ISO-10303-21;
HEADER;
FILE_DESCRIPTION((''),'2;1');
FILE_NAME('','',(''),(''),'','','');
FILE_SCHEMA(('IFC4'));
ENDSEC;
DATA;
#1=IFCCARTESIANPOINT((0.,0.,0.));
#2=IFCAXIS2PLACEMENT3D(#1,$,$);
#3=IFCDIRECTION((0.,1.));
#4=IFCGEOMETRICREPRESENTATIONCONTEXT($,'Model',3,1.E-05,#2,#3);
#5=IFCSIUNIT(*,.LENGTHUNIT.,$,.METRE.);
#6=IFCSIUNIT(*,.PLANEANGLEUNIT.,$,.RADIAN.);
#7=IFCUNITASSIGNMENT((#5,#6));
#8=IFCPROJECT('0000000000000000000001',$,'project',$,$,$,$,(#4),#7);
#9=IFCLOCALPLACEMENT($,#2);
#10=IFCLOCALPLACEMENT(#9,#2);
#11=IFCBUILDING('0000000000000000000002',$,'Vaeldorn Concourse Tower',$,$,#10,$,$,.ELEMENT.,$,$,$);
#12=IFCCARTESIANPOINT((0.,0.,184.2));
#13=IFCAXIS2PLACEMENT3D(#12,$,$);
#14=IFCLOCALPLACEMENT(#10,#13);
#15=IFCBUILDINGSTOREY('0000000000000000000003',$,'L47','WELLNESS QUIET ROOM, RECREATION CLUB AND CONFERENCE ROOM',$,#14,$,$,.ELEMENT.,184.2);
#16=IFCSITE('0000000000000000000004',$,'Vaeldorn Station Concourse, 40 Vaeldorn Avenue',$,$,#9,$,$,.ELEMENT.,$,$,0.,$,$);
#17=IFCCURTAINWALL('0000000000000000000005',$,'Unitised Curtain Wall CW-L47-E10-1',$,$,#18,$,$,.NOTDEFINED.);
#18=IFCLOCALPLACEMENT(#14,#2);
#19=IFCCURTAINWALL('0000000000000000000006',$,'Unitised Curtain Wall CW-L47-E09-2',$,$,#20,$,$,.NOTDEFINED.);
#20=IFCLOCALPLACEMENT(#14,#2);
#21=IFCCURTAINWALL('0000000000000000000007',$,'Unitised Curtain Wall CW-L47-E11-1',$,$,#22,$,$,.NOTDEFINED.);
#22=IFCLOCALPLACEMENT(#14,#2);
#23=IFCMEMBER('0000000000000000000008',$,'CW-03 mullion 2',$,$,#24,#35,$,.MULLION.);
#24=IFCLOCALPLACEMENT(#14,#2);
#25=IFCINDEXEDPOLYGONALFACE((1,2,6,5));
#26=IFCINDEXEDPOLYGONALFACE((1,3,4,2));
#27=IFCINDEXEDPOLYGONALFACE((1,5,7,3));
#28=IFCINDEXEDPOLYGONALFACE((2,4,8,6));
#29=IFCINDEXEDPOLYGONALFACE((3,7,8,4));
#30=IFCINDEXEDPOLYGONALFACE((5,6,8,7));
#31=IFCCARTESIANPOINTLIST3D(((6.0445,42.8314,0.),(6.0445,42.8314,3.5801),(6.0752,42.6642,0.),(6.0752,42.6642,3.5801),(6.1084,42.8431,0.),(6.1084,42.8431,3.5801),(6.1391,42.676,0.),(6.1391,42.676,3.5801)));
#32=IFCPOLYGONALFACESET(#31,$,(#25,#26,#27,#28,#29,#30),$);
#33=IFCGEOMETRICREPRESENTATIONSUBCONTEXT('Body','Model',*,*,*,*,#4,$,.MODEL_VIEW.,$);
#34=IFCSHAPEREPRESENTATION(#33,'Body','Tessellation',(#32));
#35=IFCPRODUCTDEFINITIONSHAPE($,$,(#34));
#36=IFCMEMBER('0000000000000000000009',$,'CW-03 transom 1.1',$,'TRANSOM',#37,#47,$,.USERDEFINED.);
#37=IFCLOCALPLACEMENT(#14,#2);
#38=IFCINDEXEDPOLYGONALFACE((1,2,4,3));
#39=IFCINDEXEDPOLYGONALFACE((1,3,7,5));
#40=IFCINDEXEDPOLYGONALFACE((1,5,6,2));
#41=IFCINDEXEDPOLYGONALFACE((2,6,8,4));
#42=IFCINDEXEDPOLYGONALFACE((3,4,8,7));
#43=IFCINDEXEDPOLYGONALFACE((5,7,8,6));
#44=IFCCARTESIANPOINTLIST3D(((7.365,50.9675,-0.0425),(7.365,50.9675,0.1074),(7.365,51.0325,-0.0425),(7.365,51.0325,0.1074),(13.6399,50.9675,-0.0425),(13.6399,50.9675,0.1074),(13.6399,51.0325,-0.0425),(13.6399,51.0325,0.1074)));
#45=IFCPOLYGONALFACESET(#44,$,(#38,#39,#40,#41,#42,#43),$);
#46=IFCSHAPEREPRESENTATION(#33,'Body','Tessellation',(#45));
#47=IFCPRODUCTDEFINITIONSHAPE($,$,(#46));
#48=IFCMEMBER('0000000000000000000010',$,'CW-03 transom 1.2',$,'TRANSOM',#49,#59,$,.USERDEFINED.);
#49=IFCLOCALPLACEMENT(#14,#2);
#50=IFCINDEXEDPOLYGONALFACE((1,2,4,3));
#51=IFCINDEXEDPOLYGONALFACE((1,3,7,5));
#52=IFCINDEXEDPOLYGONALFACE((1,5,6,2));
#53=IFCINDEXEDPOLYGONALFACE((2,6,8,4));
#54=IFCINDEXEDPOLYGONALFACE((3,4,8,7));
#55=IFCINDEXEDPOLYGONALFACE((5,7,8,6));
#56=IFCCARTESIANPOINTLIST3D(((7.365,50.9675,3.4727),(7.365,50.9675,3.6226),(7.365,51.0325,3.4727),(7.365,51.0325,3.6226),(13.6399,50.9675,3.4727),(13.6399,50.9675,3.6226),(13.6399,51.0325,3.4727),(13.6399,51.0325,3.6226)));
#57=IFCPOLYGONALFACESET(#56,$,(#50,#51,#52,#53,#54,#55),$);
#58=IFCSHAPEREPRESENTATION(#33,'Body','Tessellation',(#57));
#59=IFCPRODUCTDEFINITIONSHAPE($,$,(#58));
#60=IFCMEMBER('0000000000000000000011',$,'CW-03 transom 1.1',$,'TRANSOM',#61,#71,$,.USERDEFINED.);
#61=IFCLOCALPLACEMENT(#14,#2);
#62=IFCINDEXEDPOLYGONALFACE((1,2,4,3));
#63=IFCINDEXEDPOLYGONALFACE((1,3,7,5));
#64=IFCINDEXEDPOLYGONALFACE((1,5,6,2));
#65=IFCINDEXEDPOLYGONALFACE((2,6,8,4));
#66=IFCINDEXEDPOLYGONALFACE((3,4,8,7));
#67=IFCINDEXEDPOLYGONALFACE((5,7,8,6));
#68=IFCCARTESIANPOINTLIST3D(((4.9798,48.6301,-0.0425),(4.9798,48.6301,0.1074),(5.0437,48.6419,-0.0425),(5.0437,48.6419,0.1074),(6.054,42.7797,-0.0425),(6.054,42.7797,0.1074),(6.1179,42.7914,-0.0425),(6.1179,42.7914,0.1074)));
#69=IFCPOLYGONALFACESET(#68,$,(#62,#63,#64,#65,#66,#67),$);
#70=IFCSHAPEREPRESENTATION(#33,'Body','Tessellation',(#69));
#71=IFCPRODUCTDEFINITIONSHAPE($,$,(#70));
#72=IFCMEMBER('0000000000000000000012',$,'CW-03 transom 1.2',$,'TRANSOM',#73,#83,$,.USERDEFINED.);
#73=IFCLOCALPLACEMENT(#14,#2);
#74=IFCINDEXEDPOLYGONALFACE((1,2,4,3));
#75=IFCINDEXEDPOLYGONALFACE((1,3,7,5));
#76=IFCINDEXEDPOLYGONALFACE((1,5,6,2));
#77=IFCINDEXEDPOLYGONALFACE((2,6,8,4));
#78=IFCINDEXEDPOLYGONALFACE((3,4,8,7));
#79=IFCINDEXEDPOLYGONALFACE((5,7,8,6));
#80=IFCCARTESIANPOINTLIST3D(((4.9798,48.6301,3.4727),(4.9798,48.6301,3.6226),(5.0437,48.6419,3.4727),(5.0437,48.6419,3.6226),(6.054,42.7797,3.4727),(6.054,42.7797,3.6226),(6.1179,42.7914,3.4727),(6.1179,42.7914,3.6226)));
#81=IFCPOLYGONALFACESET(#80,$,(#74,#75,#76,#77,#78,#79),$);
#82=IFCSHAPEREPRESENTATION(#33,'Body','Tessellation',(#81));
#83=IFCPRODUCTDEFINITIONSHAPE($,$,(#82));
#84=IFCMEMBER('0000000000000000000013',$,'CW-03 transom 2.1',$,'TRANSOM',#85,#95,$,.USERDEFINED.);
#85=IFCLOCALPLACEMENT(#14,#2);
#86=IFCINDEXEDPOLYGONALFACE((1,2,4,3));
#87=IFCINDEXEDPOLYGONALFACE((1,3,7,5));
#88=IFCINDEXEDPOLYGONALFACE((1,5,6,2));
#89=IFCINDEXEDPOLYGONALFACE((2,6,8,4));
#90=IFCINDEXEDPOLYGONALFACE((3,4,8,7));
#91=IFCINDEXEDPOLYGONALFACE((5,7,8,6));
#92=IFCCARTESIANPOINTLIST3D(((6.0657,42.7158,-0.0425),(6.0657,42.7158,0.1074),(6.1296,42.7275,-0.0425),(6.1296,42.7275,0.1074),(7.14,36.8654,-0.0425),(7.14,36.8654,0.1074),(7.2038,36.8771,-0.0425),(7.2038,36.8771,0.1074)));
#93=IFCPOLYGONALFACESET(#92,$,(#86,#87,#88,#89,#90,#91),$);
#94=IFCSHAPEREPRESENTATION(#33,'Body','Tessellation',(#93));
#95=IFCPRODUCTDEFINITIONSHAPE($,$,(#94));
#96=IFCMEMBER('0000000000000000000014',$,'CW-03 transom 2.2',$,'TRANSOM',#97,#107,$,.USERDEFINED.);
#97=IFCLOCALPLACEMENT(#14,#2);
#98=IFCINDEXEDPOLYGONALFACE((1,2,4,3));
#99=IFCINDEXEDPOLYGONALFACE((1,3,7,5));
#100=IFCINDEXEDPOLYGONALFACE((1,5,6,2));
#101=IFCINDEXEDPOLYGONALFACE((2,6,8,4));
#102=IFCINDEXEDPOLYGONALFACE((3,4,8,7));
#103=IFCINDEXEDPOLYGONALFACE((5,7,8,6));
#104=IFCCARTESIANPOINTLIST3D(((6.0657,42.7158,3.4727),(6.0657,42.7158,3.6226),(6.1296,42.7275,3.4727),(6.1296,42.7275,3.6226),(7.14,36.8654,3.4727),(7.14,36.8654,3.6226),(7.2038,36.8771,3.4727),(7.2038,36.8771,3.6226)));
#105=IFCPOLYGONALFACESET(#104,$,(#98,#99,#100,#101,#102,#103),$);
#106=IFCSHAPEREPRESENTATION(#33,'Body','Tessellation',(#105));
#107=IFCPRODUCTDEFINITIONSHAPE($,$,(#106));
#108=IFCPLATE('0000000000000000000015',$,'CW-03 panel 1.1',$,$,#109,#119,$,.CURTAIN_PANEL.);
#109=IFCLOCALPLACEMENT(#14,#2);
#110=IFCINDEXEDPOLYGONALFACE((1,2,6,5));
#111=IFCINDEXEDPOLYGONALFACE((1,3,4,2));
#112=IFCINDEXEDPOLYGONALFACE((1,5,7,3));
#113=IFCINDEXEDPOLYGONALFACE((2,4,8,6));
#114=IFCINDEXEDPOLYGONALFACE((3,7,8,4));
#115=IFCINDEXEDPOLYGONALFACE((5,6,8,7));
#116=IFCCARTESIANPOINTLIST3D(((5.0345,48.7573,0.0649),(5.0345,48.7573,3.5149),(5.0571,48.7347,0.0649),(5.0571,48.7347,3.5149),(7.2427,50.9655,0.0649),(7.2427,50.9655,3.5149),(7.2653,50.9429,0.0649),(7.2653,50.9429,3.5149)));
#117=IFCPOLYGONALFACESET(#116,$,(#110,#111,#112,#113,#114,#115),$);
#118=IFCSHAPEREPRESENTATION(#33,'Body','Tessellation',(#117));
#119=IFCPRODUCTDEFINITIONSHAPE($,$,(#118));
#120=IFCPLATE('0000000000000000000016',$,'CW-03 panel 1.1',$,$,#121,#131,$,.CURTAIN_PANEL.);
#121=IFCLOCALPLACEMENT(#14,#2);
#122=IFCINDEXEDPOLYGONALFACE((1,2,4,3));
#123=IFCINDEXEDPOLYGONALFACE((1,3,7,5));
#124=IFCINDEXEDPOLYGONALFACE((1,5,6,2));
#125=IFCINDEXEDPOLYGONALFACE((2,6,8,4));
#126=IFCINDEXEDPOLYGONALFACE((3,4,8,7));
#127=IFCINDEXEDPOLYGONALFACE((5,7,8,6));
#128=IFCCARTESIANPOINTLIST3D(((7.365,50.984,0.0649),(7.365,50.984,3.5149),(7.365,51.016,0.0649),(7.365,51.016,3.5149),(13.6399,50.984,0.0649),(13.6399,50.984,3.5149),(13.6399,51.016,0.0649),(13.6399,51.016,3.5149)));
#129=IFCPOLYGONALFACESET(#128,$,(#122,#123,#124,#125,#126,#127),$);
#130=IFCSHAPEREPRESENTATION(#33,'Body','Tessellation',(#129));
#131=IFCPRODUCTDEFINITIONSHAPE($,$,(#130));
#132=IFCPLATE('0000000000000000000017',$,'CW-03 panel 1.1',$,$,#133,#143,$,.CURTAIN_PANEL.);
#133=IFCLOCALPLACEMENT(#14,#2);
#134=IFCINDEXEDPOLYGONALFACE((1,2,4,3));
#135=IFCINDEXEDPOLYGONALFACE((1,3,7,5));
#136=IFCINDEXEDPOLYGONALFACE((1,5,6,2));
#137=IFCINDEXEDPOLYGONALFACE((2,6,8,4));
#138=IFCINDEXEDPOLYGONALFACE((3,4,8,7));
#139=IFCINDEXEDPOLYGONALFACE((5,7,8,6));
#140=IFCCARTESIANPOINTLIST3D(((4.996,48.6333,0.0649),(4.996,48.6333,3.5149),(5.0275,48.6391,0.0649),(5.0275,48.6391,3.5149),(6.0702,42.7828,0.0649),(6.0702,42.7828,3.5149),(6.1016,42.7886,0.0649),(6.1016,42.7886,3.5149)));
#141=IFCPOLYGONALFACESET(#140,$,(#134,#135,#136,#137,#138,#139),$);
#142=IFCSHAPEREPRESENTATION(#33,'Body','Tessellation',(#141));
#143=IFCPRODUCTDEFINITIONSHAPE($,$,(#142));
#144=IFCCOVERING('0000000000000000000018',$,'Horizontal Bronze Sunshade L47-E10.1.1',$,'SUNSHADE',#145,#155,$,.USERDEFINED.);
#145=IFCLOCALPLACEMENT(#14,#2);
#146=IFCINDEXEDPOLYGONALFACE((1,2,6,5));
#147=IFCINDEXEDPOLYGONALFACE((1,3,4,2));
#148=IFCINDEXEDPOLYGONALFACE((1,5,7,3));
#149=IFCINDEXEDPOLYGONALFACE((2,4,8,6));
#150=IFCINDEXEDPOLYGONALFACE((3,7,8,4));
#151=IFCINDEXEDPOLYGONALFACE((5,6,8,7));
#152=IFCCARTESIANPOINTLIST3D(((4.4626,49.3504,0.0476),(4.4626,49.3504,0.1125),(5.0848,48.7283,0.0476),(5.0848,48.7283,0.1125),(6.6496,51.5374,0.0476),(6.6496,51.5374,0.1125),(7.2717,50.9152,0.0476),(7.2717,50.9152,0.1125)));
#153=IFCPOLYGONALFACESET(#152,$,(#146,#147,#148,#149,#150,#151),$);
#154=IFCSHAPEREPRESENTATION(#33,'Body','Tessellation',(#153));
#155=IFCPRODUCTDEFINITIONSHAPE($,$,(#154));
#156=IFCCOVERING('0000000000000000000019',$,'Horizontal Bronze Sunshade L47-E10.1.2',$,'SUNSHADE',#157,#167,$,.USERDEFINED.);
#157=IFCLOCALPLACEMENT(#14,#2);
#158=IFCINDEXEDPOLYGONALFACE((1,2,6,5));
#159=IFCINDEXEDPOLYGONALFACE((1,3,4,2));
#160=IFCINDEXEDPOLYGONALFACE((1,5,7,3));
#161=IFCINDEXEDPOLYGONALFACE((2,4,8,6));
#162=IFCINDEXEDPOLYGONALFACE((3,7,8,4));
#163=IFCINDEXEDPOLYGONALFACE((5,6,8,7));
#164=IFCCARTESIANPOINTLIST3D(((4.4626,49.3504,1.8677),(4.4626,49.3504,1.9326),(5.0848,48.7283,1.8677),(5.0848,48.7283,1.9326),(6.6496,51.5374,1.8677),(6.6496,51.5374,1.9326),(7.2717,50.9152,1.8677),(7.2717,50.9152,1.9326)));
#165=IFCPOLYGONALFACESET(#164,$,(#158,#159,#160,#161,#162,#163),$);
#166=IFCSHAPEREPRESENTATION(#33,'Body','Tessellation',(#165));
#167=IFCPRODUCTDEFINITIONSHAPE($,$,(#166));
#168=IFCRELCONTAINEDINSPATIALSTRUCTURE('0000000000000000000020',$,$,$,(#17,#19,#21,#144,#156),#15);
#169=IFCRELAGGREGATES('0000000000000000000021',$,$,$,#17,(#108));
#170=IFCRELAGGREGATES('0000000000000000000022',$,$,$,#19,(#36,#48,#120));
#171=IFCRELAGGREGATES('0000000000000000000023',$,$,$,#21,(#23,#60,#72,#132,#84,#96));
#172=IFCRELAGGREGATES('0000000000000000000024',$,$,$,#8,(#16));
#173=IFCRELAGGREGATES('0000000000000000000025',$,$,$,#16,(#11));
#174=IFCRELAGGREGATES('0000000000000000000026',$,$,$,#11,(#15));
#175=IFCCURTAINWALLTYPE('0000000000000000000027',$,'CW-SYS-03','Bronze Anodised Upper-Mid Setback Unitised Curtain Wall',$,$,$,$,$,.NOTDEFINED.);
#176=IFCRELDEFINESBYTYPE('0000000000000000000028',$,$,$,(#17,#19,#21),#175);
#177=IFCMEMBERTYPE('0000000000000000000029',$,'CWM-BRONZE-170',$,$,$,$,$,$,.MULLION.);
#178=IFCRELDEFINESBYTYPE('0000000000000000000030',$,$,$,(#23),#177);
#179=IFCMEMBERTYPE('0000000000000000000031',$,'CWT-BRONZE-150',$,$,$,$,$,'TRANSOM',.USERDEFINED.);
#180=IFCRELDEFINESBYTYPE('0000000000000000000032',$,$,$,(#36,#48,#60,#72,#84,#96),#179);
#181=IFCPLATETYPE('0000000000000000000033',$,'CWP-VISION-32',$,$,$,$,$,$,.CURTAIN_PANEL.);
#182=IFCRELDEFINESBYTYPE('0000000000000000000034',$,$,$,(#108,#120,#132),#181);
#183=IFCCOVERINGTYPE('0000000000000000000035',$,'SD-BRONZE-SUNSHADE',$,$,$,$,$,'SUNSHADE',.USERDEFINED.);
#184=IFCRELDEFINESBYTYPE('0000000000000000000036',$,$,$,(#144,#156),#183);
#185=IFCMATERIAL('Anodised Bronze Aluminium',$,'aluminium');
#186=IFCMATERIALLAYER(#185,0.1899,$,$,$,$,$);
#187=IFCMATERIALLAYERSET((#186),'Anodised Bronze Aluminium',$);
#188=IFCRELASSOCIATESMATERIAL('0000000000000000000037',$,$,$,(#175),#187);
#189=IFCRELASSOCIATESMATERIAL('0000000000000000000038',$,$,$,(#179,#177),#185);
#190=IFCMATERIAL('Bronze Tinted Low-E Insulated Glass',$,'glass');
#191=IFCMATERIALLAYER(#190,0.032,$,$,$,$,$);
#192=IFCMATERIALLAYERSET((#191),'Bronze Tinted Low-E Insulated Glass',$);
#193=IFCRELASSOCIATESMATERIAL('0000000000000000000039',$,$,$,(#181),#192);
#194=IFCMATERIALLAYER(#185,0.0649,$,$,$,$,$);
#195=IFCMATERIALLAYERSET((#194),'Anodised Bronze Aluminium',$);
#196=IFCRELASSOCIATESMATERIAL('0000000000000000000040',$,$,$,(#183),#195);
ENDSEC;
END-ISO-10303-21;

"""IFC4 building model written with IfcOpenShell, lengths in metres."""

from ifc_helpers import new_model, si_unit, direction, frame, origin, origin_2d, place, context, subcontext, project, spatial, rectangle, extrude, source, transform, mapped, material, layer, layer_set, material_profile, profile_set, type_object, element, aggregate, save


model = new_model("IFC4")

# Units and contexts
model_context = context("Model", 3, precision=1e-05, world=origin(), true_north=direction((0.0, 1.0)))
body_context = subcontext(model_context, "Body", "Model", "MODEL_VIEW")
ifc_project = project(units=[si_unit("LENGTHUNIT", "METRE"), si_unit("PLANEANGLEUNIT", "RADIAN")], contexts=[model_context])

# Site, building, storey
site_placement = place(None, origin())
site = spatial("IfcSite", under=ifc_project, at=site_placement, Name="Vaeldorn Station Concourse, 40 Vaeldorn Avenue", CompositionType="ELEMENT", RefElevation=0.0)
building_placement = place(site_placement, origin())
building = spatial("IfcBuilding", under=site, at=building_placement, Name="Vaeldorn Concourse Tower", CompositionType="ELEMENT")
storey_placement = place(building_placement, frame((0.0, 0.0, 184.2)))
storey = spatial("IfcBuildingStorey", under=building, at=storey_placement, Name="L47", Description="WELLNESS QUIET ROOM, RECREATION CLUB AND CONFERENCE ROOM", CompositionType="ELEMENT", Elevation=184.2)

# Curtain walls
ifc_material_1 = material(Name="Anodised Bronze Aluminium", Category="aluminium")
ifc_layer_1 = layer(ifc_material_1, 0.1899)
ifc_layer_set_1 = layer_set([ifc_layer_1], Name="Anodised Bronze Aluminium")
curtain_wall_type = type_object("IfcCurtainWallType", Name="CW-SYS-03", Description="Bronze Anodised Upper-Mid Setback Unitised Curtain Wall", PredefinedType="NOTDEFINED", material=ifc_layer_set_1)
curtain_wall_1_placement = place(storey_placement, origin())
curtain_wall_1 = element("IfcCurtainWall", 1, at=curtain_wall_1_placement, inside=storey, type_object=curtain_wall_type, Name="Unitised Curtain Wall CW-L47-E10-1", PredefinedType="NOTDEFINED")
ifc_material_profile_1 = material_profile(ifc_material_1, rectangle(XDim=0.0649, YDim=0.1499, at=origin_2d()), Name="CWT 65x150")
ifc_profile_set_1 = profile_set([ifc_material_profile_1], Name="Anodised Bronze Aluminium")
member_type_1 = type_object("IfcMemberType", Name="CWT-BRONZE-150", ElementType="TRANSOM", PredefinedType="USERDEFINED", material=ifc_profile_set_1)
curtain_wall_2_placement = place(storey_placement, origin())
curtain_wall_2 = element("IfcCurtainWall", 2, at=curtain_wall_2_placement, inside=storey, type_object=curtain_wall_type, Name="Unitised Curtain Wall CW-L47-E09-2", PredefinedType="NOTDEFINED")
ifc_material_profile_2 = material_profile(ifc_material_1, rectangle(XDim=0.0649, YDim=0.1699, at=origin_2d()), Name="CWM 65x170")
ifc_profile_set_2 = profile_set([ifc_material_profile_2], Name="Anodised Bronze Aluminium")
member_type_2 = type_object("IfcMemberType", Name="CWM-BRONZE-170", PredefinedType="MULLION", material=ifc_profile_set_2)
shared_shape_1 = source(origin(), body_context, "Body", "SweptSolid", [
    extrude(rectangle(XDim=0.0649, YDim=0.1699, at=origin_2d()), origin(), (0.0, 0.0, 1.0), 3.5801),
])

# Curtain wall, member
curtain_wall_3_placement = place(storey_placement, origin())
curtain_wall_3 = element("IfcCurtainWall", 3, at=curtain_wall_3_placement, inside=storey, type_object=curtain_wall_type, Name="Unitised Curtain Wall CW-L47-E11-1", PredefinedType="NOTDEFINED")
member_1_placement = place(storey_placement, frame((6.0918, 42.7537, 0.0), z_axis=(0.0, 0.0, 1.0), x_axis=(0.983559, 0.180585, 0.0)))
member_1 = element("IfcMember", 4, at=member_1_placement, type_object=member_type_2, Name="CW-03 mullion 2", PredefinedType="MULLION", context=body_context, shape_type="MappedRepresentation", body=[
    mapped(shared_shape_1, transform((0.0, 0.0, 0.0), scale=1.0)),
])

# Members
shared_shape_2 = source(origin(), body_context, "Body", "SweptSolid", [
    extrude(rectangle(XDim=0.0649, YDim=0.1499, at=origin_2d()), origin(), (0.0, 0.0, 1.0), 6.2749),
])
member_2_placement = place(storey_placement, frame((13.6399, 51.0, 0.0325), z_axis=(-1.0, 0.0, 0.0), x_axis=(0.0, -1.0, 0.0)))
member_2 = element("IfcMember", 5, at=member_2_placement, type_object=member_type_1, Name="CW-03 transom 1.1", ObjectType="TRANSOM", PredefinedType="USERDEFINED", context=body_context, shape_type="MappedRepresentation", body=[
    mapped(shared_shape_2, transform((0.0, 0.0, 0.0), scale=1.0)),
])
member_3_placement = place(storey_placement, frame((13.6399, 51.0, 3.5476), z_axis=(-1.0, 0.0, 0.0), x_axis=(0.0, -1.0, 0.0)))
member_3 = element("IfcMember", 6, at=member_3_placement, type_object=member_type_1, Name="CW-03 transom 1.2", ObjectType="TRANSOM", PredefinedType="USERDEFINED", context=body_context, shape_type="MappedRepresentation", body=[
    mapped(shared_shape_2, transform((0.0, 0.0, 0.0), scale=1.0)),
])
shared_shape_3 = source(origin(), body_context, "Body", "SweptSolid", [
    extrude(rectangle(XDim=0.0649, YDim=0.1499, at=origin_2d()), origin(), (0.0, 0.0, 1.0), 5.9482),
])
member_4_placement = place(storey_placement, frame((5.0117, 48.636, 0.0325), z_axis=(0.180597, -0.983557, 0.0), x_axis=(0.983557, 0.180597, 0.0)))
member_4 = element("IfcMember", 7, at=member_4_placement, type_object=member_type_1, Name="CW-03 transom 1.1", ObjectType="TRANSOM", PredefinedType="USERDEFINED", context=body_context, shape_type="MappedRepresentation", body=[
    mapped(shared_shape_3, transform((0.0, 0.0, 0.0), scale=1.0)),
])
member_5_placement = place(storey_placement, frame((5.0117, 48.636, 3.5476), z_axis=(0.180597, -0.983557, 0.0), x_axis=(0.983557, 0.180597, 0.0)))
member_5 = element("IfcMember", 8, at=member_5_placement, type_object=member_type_1, Name="CW-03 transom 1.2", ObjectType="TRANSOM", PredefinedType="USERDEFINED", context=body_context, shape_type="MappedRepresentation", body=[
    mapped(shared_shape_3, transform((0.0, 0.0, 0.0), scale=1.0)),
])
member_6_placement = place(storey_placement, frame((6.0977, 42.7217, 0.0325), z_axis=(0.180597, -0.983557, 0.0), x_axis=(0.983557, 0.180597, 0.0)))
member_6 = element("IfcMember", 9, at=member_6_placement, type_object=member_type_1, Name="CW-03 transom 2.1", ObjectType="TRANSOM", PredefinedType="USERDEFINED", context=body_context, shape_type="MappedRepresentation", body=[
    mapped(shared_shape_3, transform((0.0, 0.0, 0.0), scale=1.0)),
])
member_7_placement = place(storey_placement, frame((6.0977, 42.7217, 3.5476), z_axis=(0.180597, -0.983557, 0.0), x_axis=(0.983557, 0.180597, 0.0)))
member_7 = element("IfcMember", 10, at=member_7_placement, type_object=member_type_1, Name="CW-03 transom 2.2", ObjectType="TRANSOM", PredefinedType="USERDEFINED", context=body_context, shape_type="MappedRepresentation", body=[
    mapped(shared_shape_3, transform((0.0, 0.0, 0.0), scale=1.0)),
])

# Plates
ifc_material_2 = material(Name="Bronze Tinted Low-E Insulated Glass", Category="glass")
ifc_layer_2 = layer(ifc_material_2, 0.032)
ifc_layer_set_2 = layer_set([ifc_layer_2], Name="Bronze Tinted Low-E Insulated Glass")
plate_type = type_object("IfcPlateType", Name="CWP-VISION-32", PredefinedType="CURTAIN_PANEL", material=ifc_layer_set_2)
shared_shape_4 = source(origin(), body_context, "Body", "SweptSolid", [
    extrude(rectangle(XDim=3.1228, YDim=0.032, at=origin_2d()), origin(), (0.0, 0.0, 1.0), 3.45),
])
plate_1_placement = place(storey_placement, frame((6.1499, 49.8501, 0.0649), z_axis=(0.0, 0.0, 1.0), x_axis=(-0.707107, -0.707107, 0.0)))
plate_1 = element("IfcPlate", 11, at=plate_1_placement, type_object=plate_type, Name="CW-03 panel 1.1", PredefinedType="CURTAIN_PANEL", context=body_context, shape_type="MappedRepresentation", body=[
    mapped(shared_shape_4, transform((0.0, 0.0, 0.0), scale=1.0)),
])
aggregate(curtain_wall_1, [plate_1])
shared_shape_5 = source(origin(), body_context, "Body", "SweptSolid", [
    extrude(rectangle(XDim=6.2749, YDim=0.032, at=origin_2d()), origin(), (0.0, 0.0, 1.0), 3.45),
])
plate_2_placement = place(storey_placement, frame((10.5024, 51.0, 0.0649), z_axis=(0.0, 0.0, 1.0), x_axis=(-1.0, 0.0, 0.0)))
plate_2 = element("IfcPlate", 12, at=plate_2_placement, type_object=plate_type, Name="CW-03 panel 1.1", PredefinedType="CURTAIN_PANEL", context=body_context, shape_type="MappedRepresentation", body=[
    mapped(shared_shape_5, transform((0.0, 0.0, 0.0), scale=1.0)),
])
aggregate(curtain_wall_2, [member_2, member_3, plate_2])
shared_shape_6 = source(origin(), body_context, "Body", "SweptSolid", [
    extrude(rectangle(XDim=5.9482, YDim=0.032, at=origin_2d()), origin(), (0.0, 0.0, 1.0), 3.45),
])
plate_3_placement = place(storey_placement, frame((5.5488, 45.7109, 0.0649), z_axis=(0.0, 0.0, 1.0), x_axis=(0.180585, -0.983559, 0.0)))
plate_3 = element("IfcPlate", 13, at=plate_3_placement, type_object=plate_type, Name="CW-03 panel 1.1", PredefinedType="CURTAIN_PANEL", context=body_context, shape_type="MappedRepresentation", body=[
    mapped(shared_shape_6, transform((0.0, 0.0, 0.0), scale=1.0)),
])
aggregate(curtain_wall_3, [member_1, member_4, member_5, plate_3, member_6, member_7])

# Coverings
ifc_layer_3 = layer(ifc_material_1, 0.0649)
ifc_layer_set_3 = layer_set([ifc_layer_3], Name="Anodised Bronze Aluminium")
covering_type = type_object("IfcCoveringType", Name="SD-BRONZE-SUNSHADE", ElementType="SUNSHADE", PredefinedType="USERDEFINED", material=ifc_layer_set_3)
shared_shape_7 = source(origin(), body_context, "Body", "SweptSolid", [
    extrude(rectangle(XDim=3.0928, YDim=0.8799, at=origin_2d()), origin(), (0.0, 0.0, 1.0), 0.0649),
])
for number, where, z_axis, x_axis, name in (
    (14, (5.8672, 50.1328, 0.0476), (0.0, 0.0, 1.0), (-0.707107, -0.707107, 0.0), "Horizontal Bronze Sunshade L47-E10.1.1"),
    (15, (5.8672, 50.1328, 1.8677), (0.0, 0.0, 1.0), (-0.707107, -0.707107, 0.0), "Horizontal Bronze Sunshade L47-E10.1.2"),
):
    element("IfcCovering", number, at=place(storey_placement, frame(where, z_axis=z_axis, x_axis=x_axis)), inside=storey, type_object=covering_type, Name=name, ObjectType="SUNSHADE", PredefinedType="USERDEFINED", context=body_context, shape_type="MappedRepresentation", body=[
        mapped(shared_shape_7, transform((0.0, 0.0, 0.0), scale=1.0)),
    ])

save(model, "model.ifc")
